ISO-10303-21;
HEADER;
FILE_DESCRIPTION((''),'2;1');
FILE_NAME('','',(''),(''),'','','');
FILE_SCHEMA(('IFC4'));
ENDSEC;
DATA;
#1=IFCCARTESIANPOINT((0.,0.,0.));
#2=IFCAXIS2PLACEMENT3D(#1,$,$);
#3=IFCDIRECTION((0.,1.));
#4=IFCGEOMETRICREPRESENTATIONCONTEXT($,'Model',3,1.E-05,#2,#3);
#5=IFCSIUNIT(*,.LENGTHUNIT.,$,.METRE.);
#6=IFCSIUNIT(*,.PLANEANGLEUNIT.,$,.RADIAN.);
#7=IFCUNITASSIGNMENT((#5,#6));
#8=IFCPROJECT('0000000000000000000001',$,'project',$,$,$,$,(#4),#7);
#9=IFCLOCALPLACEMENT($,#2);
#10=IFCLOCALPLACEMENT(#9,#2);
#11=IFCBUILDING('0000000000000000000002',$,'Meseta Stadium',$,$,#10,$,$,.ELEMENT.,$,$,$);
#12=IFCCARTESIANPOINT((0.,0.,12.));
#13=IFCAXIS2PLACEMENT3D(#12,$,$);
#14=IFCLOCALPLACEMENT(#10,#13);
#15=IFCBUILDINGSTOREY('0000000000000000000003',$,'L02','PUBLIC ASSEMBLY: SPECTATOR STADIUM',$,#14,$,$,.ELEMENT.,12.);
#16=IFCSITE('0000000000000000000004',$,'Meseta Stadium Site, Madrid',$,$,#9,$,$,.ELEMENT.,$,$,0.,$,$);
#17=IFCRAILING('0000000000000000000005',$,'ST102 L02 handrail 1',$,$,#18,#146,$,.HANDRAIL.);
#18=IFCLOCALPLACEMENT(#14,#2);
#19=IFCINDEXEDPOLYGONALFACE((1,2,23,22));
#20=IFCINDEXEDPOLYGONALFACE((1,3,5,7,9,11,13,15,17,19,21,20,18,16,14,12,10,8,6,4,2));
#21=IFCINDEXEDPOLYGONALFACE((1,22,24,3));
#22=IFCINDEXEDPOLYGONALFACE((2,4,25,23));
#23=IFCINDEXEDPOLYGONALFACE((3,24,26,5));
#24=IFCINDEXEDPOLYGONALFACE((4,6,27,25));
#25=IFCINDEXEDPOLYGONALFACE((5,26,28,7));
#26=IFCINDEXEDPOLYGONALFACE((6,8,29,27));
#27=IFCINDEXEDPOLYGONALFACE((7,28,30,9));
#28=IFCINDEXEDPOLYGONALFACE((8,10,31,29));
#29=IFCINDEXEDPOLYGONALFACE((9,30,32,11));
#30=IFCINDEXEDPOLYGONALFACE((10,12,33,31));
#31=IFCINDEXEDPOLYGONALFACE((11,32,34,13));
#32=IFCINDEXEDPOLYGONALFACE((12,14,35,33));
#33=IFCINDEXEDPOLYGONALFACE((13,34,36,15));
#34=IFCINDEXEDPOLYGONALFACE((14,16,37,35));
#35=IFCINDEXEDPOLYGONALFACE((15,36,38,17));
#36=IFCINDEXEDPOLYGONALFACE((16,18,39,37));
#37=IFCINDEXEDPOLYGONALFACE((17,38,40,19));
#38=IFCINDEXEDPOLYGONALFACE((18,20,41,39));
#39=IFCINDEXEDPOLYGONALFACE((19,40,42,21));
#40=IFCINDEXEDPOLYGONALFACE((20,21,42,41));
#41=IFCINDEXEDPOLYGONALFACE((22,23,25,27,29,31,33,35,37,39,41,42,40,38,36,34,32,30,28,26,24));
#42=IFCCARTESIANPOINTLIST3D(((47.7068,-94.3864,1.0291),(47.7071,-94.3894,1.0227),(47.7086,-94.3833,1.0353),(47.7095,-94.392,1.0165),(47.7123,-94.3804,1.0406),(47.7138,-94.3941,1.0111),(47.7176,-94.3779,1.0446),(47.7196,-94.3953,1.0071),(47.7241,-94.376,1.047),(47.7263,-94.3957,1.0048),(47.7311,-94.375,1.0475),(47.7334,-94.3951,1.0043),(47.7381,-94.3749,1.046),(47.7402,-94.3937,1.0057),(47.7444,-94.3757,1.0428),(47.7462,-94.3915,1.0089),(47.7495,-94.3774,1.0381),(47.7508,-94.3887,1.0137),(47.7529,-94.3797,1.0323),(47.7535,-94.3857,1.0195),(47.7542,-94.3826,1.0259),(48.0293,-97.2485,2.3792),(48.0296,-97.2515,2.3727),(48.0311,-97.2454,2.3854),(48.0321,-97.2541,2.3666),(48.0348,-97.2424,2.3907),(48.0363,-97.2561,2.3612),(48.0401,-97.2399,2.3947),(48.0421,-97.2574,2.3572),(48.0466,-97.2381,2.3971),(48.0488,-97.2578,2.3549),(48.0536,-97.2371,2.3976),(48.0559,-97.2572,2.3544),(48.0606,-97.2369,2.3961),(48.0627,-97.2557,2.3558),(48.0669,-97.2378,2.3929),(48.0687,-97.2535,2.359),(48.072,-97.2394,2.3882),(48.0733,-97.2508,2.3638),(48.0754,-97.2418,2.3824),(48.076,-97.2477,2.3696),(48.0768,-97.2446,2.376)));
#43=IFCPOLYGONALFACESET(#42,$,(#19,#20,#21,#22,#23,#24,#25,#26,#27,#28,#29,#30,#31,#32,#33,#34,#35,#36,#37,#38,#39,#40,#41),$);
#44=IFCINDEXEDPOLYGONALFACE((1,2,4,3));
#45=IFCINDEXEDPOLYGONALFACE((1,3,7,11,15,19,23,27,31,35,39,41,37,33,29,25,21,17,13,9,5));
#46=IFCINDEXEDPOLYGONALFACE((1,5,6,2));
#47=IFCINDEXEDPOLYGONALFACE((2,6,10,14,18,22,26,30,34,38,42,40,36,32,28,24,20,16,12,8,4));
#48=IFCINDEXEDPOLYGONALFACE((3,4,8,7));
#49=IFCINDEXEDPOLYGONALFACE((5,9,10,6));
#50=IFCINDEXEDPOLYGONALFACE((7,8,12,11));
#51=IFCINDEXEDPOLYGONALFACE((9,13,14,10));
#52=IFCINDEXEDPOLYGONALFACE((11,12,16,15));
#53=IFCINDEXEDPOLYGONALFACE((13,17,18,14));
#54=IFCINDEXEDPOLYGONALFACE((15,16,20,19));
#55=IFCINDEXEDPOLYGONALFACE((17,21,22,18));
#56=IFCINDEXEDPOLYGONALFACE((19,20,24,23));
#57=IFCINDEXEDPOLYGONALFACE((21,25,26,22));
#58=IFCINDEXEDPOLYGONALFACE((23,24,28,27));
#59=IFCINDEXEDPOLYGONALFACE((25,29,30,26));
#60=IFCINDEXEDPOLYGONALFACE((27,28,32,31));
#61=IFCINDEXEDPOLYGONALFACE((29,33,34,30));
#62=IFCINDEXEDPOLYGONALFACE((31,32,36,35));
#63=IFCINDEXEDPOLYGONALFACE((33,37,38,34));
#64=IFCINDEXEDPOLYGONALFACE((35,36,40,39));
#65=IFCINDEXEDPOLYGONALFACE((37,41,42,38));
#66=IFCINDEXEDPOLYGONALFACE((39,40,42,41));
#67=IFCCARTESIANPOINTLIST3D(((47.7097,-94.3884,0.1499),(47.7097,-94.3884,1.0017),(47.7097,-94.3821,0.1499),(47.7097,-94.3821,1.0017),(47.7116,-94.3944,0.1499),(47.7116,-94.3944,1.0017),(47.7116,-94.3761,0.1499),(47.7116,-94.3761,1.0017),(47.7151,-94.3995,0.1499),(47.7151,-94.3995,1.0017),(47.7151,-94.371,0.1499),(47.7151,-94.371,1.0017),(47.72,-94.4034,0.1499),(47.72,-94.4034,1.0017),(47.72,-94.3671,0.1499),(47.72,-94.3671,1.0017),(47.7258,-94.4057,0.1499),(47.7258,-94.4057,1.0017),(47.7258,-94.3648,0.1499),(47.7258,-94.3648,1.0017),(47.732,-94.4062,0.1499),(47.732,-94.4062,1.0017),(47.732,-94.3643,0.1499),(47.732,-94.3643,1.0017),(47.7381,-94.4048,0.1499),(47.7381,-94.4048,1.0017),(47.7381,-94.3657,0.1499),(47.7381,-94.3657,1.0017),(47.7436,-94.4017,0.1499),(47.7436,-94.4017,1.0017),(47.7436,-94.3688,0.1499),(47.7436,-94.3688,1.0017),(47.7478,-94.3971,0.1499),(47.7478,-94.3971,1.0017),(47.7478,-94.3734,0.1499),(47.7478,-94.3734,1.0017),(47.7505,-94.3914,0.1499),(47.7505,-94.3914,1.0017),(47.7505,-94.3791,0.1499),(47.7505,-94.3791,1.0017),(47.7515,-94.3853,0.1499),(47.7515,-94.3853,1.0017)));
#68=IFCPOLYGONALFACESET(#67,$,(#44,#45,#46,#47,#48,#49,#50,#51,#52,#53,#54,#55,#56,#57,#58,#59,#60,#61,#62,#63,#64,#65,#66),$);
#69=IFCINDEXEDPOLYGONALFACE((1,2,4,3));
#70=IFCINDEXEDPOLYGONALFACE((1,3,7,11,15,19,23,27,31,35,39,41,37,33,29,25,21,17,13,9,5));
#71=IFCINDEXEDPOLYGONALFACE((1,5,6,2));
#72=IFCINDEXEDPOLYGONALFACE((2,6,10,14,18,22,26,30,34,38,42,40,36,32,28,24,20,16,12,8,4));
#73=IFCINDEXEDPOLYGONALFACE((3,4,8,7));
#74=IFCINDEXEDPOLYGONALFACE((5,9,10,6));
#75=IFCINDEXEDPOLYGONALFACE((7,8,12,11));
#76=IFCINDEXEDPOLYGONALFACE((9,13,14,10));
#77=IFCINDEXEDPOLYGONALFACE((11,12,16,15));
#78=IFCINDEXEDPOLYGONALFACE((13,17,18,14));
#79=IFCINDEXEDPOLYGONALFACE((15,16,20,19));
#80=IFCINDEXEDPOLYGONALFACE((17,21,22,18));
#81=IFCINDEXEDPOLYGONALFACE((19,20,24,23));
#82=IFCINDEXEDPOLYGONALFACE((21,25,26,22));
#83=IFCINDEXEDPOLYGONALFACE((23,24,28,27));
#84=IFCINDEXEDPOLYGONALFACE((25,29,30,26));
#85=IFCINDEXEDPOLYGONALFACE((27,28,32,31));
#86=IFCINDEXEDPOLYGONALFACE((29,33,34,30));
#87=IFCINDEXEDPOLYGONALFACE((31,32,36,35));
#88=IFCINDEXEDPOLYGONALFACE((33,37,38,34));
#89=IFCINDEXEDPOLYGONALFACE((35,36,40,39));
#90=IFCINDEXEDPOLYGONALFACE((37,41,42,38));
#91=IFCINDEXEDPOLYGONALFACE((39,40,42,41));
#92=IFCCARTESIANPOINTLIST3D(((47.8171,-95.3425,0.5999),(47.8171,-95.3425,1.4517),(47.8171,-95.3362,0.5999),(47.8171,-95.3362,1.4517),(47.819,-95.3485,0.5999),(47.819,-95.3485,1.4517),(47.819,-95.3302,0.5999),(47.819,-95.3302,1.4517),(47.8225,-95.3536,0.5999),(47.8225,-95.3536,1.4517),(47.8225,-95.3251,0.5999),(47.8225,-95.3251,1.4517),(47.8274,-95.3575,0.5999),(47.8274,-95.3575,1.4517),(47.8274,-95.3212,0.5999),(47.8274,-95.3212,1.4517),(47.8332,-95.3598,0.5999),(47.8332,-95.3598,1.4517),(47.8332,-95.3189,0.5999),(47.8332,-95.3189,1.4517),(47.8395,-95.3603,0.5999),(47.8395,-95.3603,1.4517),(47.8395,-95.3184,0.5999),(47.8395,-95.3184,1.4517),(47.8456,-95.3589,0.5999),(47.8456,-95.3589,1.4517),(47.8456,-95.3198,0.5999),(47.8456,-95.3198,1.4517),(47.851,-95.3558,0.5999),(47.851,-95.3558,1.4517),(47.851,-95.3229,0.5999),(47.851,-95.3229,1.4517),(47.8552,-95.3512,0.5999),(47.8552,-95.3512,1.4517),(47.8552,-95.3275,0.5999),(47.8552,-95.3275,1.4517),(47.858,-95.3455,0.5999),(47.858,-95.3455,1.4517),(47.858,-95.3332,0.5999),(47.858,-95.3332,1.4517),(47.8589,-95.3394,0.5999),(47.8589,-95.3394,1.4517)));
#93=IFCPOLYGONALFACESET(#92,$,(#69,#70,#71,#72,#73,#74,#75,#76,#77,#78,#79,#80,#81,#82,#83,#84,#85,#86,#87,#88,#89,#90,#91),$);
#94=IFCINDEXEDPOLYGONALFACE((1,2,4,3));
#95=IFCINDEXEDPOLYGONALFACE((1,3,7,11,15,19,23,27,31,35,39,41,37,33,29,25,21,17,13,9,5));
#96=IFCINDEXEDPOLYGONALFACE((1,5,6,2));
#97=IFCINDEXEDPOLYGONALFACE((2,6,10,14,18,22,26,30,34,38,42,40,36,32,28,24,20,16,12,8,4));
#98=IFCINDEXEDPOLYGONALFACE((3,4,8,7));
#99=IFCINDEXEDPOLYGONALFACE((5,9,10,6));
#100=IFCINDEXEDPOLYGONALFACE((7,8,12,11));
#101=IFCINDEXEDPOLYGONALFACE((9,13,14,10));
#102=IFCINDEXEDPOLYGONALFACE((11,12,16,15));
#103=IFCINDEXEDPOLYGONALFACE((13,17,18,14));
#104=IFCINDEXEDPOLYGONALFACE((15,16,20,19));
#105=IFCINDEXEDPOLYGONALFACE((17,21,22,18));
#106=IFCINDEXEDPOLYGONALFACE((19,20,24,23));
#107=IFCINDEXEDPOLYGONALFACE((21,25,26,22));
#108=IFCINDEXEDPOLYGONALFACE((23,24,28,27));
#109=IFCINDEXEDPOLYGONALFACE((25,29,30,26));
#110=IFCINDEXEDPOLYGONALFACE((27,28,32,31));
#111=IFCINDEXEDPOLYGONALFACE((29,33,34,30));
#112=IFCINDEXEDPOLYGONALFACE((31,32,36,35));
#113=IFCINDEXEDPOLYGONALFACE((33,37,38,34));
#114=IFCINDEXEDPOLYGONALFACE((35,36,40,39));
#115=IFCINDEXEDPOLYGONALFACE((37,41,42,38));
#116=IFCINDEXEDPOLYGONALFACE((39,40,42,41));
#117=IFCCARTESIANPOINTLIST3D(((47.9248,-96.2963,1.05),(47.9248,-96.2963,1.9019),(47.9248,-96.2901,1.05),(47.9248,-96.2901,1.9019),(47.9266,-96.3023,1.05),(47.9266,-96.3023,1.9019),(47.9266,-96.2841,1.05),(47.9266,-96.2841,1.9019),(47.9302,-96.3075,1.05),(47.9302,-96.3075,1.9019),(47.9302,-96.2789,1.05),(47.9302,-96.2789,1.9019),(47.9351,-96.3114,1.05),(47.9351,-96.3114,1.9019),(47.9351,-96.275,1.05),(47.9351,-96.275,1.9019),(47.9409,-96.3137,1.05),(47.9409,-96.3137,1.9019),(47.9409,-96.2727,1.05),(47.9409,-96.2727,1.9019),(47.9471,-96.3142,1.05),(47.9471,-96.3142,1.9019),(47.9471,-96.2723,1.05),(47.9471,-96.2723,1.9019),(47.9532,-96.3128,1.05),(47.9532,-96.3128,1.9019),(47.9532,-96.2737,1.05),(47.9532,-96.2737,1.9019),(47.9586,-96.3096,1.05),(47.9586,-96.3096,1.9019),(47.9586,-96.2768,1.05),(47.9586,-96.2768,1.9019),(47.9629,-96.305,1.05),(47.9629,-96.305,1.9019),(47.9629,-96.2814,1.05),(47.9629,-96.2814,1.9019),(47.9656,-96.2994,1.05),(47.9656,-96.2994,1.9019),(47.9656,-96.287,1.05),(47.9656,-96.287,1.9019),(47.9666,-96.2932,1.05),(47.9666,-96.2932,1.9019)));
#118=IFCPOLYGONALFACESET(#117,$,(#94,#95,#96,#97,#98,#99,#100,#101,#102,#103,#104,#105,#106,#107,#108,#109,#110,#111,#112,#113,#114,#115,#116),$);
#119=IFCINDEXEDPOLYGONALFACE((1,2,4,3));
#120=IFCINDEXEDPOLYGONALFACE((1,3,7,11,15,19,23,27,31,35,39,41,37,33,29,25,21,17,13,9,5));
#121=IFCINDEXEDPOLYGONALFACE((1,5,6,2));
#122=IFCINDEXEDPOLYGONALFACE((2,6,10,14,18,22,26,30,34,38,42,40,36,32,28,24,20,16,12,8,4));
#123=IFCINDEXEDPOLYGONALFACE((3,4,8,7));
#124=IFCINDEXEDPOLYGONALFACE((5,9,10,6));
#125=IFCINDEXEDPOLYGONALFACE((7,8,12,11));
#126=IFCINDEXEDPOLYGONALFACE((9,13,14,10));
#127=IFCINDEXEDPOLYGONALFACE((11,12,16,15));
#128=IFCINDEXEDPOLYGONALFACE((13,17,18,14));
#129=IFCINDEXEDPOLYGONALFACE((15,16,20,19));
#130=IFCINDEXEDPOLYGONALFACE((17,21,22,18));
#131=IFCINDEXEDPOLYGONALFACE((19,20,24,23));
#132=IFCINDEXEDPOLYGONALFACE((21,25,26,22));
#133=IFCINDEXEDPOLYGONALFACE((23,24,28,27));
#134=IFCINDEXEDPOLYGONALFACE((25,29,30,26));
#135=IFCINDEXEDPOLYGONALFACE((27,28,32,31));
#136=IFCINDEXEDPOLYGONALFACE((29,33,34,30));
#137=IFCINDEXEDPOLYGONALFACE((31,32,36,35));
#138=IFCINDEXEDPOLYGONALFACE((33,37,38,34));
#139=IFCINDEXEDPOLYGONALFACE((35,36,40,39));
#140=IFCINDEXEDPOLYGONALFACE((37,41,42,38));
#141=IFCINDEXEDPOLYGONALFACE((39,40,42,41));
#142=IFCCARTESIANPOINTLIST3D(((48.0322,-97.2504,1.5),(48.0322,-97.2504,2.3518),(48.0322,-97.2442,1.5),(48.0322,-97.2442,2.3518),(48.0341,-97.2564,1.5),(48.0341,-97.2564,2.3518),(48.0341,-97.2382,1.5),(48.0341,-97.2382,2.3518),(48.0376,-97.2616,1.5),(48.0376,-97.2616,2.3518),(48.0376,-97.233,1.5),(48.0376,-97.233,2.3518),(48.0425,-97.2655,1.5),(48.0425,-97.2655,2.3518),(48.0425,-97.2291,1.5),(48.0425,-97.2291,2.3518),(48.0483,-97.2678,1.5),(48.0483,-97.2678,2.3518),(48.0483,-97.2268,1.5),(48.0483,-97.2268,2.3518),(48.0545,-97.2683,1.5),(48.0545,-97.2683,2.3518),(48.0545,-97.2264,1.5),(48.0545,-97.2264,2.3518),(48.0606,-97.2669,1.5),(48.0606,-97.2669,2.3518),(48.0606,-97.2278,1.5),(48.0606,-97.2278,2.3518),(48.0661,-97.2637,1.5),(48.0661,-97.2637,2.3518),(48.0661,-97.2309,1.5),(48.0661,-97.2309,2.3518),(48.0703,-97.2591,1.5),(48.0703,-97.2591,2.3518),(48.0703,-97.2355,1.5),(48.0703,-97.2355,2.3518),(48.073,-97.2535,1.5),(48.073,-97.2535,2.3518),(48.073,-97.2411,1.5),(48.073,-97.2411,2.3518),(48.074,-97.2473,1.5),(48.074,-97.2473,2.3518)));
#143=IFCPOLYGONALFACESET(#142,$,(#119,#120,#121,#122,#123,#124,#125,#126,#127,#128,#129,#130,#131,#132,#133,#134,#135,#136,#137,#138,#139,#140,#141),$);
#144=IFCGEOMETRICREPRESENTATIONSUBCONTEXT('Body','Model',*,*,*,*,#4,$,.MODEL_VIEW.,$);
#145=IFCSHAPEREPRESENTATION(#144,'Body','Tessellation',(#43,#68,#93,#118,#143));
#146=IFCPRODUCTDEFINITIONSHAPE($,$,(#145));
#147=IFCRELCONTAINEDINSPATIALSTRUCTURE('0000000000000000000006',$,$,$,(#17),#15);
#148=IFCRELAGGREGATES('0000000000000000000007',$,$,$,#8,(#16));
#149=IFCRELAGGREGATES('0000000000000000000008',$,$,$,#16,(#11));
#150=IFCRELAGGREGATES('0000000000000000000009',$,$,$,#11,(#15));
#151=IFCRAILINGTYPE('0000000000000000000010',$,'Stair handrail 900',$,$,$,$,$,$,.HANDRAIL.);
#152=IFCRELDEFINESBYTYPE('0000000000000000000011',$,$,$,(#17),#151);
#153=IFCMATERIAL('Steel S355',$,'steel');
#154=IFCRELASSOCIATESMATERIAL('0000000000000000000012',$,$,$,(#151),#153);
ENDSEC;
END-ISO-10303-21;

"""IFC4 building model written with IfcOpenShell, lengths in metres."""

from ifc_helpers import new_model, si_unit, direction, frame, origin, origin_2d, place, context, subcontext, project, spatial, circle, extrude, material, type_object, element, save


model = new_model("IFC4")

# Units and contexts
model_context = context("Model", 3, precision=1e-05, world=origin(), true_north=direction((0.0, 1.0)))
body_context = subcontext(model_context, "Body", "Model", "MODEL_VIEW")
ifc_project = project(units=[si_unit("LENGTHUNIT", "METRE"), si_unit("PLANEANGLEUNIT", "RADIAN")], contexts=[model_context])

# Site, building, storey
site_placement = place(None, origin())
site = spatial("IfcSite", under=ifc_project, at=site_placement, Name="Meseta Stadium Site, Madrid", CompositionType="ELEMENT", RefElevation=0.0)
building_placement = place(site_placement, origin())
building = spatial("IfcBuilding", under=site, at=building_placement, Name="Meseta Stadium", CompositionType="ELEMENT")
storey_placement = place(building_placement, frame((0.0, 0.0, 12.0)))
storey = spatial("IfcBuildingStorey", under=building, at=storey_placement, Name="L02", Description="PUBLIC ASSEMBLY: SPECTATOR STADIUM", CompositionType="ELEMENT", Elevation=12.0)

# Railing
ifc_material_1 = material(Name="Steel S355", Category="steel")
railing_type_1 = type_object("IfcRailingType", Name="Stair handrail 900", PredefinedType="HANDRAIL", material=ifc_material_1)
railing_1_placement = place(storey_placement, frame((47.7305, -94.3853, 0.1499)))
element("IfcRailing", 1, at=railing_1_placement, inside=storey, type_object=railing_type_1, Name="ST102 L02 handrail 1", PredefinedType="HANDRAIL", context=body_context, shape_type="SweptSolid", body=[
    extrude(circle(Radius=0.0239, at=origin_2d()), frame((0.0, 0.0, 0.876), z_axis=(0.101389, -0.899763, 0.424438), x_axis=(0.993711, 0.111976, 0.0)), (0.0, 0.0, 1.0), 3.1809),
    extrude(circle(Radius=0.021, at=origin_2d()), origin(), (0.0, 0.0, 1.0), 0.8518),
    extrude(circle(Radius=0.021, at=origin_2d()), frame((0.1074, -0.9541, 0.45)), (0.0, 0.0, 1.0), 0.8518),
    extrude(circle(Radius=0.021, at=origin_2d()), frame((0.2151, -1.908, 0.9001)), (0.0, 0.0, 1.0), 0.8518),
    extrude(circle(Radius=0.021, at=origin_2d()), frame((0.3225, -2.8621, 1.3501)), (0.0, 0.0, 1.0), 0.8518),
])

save(model, "model.ifc")
